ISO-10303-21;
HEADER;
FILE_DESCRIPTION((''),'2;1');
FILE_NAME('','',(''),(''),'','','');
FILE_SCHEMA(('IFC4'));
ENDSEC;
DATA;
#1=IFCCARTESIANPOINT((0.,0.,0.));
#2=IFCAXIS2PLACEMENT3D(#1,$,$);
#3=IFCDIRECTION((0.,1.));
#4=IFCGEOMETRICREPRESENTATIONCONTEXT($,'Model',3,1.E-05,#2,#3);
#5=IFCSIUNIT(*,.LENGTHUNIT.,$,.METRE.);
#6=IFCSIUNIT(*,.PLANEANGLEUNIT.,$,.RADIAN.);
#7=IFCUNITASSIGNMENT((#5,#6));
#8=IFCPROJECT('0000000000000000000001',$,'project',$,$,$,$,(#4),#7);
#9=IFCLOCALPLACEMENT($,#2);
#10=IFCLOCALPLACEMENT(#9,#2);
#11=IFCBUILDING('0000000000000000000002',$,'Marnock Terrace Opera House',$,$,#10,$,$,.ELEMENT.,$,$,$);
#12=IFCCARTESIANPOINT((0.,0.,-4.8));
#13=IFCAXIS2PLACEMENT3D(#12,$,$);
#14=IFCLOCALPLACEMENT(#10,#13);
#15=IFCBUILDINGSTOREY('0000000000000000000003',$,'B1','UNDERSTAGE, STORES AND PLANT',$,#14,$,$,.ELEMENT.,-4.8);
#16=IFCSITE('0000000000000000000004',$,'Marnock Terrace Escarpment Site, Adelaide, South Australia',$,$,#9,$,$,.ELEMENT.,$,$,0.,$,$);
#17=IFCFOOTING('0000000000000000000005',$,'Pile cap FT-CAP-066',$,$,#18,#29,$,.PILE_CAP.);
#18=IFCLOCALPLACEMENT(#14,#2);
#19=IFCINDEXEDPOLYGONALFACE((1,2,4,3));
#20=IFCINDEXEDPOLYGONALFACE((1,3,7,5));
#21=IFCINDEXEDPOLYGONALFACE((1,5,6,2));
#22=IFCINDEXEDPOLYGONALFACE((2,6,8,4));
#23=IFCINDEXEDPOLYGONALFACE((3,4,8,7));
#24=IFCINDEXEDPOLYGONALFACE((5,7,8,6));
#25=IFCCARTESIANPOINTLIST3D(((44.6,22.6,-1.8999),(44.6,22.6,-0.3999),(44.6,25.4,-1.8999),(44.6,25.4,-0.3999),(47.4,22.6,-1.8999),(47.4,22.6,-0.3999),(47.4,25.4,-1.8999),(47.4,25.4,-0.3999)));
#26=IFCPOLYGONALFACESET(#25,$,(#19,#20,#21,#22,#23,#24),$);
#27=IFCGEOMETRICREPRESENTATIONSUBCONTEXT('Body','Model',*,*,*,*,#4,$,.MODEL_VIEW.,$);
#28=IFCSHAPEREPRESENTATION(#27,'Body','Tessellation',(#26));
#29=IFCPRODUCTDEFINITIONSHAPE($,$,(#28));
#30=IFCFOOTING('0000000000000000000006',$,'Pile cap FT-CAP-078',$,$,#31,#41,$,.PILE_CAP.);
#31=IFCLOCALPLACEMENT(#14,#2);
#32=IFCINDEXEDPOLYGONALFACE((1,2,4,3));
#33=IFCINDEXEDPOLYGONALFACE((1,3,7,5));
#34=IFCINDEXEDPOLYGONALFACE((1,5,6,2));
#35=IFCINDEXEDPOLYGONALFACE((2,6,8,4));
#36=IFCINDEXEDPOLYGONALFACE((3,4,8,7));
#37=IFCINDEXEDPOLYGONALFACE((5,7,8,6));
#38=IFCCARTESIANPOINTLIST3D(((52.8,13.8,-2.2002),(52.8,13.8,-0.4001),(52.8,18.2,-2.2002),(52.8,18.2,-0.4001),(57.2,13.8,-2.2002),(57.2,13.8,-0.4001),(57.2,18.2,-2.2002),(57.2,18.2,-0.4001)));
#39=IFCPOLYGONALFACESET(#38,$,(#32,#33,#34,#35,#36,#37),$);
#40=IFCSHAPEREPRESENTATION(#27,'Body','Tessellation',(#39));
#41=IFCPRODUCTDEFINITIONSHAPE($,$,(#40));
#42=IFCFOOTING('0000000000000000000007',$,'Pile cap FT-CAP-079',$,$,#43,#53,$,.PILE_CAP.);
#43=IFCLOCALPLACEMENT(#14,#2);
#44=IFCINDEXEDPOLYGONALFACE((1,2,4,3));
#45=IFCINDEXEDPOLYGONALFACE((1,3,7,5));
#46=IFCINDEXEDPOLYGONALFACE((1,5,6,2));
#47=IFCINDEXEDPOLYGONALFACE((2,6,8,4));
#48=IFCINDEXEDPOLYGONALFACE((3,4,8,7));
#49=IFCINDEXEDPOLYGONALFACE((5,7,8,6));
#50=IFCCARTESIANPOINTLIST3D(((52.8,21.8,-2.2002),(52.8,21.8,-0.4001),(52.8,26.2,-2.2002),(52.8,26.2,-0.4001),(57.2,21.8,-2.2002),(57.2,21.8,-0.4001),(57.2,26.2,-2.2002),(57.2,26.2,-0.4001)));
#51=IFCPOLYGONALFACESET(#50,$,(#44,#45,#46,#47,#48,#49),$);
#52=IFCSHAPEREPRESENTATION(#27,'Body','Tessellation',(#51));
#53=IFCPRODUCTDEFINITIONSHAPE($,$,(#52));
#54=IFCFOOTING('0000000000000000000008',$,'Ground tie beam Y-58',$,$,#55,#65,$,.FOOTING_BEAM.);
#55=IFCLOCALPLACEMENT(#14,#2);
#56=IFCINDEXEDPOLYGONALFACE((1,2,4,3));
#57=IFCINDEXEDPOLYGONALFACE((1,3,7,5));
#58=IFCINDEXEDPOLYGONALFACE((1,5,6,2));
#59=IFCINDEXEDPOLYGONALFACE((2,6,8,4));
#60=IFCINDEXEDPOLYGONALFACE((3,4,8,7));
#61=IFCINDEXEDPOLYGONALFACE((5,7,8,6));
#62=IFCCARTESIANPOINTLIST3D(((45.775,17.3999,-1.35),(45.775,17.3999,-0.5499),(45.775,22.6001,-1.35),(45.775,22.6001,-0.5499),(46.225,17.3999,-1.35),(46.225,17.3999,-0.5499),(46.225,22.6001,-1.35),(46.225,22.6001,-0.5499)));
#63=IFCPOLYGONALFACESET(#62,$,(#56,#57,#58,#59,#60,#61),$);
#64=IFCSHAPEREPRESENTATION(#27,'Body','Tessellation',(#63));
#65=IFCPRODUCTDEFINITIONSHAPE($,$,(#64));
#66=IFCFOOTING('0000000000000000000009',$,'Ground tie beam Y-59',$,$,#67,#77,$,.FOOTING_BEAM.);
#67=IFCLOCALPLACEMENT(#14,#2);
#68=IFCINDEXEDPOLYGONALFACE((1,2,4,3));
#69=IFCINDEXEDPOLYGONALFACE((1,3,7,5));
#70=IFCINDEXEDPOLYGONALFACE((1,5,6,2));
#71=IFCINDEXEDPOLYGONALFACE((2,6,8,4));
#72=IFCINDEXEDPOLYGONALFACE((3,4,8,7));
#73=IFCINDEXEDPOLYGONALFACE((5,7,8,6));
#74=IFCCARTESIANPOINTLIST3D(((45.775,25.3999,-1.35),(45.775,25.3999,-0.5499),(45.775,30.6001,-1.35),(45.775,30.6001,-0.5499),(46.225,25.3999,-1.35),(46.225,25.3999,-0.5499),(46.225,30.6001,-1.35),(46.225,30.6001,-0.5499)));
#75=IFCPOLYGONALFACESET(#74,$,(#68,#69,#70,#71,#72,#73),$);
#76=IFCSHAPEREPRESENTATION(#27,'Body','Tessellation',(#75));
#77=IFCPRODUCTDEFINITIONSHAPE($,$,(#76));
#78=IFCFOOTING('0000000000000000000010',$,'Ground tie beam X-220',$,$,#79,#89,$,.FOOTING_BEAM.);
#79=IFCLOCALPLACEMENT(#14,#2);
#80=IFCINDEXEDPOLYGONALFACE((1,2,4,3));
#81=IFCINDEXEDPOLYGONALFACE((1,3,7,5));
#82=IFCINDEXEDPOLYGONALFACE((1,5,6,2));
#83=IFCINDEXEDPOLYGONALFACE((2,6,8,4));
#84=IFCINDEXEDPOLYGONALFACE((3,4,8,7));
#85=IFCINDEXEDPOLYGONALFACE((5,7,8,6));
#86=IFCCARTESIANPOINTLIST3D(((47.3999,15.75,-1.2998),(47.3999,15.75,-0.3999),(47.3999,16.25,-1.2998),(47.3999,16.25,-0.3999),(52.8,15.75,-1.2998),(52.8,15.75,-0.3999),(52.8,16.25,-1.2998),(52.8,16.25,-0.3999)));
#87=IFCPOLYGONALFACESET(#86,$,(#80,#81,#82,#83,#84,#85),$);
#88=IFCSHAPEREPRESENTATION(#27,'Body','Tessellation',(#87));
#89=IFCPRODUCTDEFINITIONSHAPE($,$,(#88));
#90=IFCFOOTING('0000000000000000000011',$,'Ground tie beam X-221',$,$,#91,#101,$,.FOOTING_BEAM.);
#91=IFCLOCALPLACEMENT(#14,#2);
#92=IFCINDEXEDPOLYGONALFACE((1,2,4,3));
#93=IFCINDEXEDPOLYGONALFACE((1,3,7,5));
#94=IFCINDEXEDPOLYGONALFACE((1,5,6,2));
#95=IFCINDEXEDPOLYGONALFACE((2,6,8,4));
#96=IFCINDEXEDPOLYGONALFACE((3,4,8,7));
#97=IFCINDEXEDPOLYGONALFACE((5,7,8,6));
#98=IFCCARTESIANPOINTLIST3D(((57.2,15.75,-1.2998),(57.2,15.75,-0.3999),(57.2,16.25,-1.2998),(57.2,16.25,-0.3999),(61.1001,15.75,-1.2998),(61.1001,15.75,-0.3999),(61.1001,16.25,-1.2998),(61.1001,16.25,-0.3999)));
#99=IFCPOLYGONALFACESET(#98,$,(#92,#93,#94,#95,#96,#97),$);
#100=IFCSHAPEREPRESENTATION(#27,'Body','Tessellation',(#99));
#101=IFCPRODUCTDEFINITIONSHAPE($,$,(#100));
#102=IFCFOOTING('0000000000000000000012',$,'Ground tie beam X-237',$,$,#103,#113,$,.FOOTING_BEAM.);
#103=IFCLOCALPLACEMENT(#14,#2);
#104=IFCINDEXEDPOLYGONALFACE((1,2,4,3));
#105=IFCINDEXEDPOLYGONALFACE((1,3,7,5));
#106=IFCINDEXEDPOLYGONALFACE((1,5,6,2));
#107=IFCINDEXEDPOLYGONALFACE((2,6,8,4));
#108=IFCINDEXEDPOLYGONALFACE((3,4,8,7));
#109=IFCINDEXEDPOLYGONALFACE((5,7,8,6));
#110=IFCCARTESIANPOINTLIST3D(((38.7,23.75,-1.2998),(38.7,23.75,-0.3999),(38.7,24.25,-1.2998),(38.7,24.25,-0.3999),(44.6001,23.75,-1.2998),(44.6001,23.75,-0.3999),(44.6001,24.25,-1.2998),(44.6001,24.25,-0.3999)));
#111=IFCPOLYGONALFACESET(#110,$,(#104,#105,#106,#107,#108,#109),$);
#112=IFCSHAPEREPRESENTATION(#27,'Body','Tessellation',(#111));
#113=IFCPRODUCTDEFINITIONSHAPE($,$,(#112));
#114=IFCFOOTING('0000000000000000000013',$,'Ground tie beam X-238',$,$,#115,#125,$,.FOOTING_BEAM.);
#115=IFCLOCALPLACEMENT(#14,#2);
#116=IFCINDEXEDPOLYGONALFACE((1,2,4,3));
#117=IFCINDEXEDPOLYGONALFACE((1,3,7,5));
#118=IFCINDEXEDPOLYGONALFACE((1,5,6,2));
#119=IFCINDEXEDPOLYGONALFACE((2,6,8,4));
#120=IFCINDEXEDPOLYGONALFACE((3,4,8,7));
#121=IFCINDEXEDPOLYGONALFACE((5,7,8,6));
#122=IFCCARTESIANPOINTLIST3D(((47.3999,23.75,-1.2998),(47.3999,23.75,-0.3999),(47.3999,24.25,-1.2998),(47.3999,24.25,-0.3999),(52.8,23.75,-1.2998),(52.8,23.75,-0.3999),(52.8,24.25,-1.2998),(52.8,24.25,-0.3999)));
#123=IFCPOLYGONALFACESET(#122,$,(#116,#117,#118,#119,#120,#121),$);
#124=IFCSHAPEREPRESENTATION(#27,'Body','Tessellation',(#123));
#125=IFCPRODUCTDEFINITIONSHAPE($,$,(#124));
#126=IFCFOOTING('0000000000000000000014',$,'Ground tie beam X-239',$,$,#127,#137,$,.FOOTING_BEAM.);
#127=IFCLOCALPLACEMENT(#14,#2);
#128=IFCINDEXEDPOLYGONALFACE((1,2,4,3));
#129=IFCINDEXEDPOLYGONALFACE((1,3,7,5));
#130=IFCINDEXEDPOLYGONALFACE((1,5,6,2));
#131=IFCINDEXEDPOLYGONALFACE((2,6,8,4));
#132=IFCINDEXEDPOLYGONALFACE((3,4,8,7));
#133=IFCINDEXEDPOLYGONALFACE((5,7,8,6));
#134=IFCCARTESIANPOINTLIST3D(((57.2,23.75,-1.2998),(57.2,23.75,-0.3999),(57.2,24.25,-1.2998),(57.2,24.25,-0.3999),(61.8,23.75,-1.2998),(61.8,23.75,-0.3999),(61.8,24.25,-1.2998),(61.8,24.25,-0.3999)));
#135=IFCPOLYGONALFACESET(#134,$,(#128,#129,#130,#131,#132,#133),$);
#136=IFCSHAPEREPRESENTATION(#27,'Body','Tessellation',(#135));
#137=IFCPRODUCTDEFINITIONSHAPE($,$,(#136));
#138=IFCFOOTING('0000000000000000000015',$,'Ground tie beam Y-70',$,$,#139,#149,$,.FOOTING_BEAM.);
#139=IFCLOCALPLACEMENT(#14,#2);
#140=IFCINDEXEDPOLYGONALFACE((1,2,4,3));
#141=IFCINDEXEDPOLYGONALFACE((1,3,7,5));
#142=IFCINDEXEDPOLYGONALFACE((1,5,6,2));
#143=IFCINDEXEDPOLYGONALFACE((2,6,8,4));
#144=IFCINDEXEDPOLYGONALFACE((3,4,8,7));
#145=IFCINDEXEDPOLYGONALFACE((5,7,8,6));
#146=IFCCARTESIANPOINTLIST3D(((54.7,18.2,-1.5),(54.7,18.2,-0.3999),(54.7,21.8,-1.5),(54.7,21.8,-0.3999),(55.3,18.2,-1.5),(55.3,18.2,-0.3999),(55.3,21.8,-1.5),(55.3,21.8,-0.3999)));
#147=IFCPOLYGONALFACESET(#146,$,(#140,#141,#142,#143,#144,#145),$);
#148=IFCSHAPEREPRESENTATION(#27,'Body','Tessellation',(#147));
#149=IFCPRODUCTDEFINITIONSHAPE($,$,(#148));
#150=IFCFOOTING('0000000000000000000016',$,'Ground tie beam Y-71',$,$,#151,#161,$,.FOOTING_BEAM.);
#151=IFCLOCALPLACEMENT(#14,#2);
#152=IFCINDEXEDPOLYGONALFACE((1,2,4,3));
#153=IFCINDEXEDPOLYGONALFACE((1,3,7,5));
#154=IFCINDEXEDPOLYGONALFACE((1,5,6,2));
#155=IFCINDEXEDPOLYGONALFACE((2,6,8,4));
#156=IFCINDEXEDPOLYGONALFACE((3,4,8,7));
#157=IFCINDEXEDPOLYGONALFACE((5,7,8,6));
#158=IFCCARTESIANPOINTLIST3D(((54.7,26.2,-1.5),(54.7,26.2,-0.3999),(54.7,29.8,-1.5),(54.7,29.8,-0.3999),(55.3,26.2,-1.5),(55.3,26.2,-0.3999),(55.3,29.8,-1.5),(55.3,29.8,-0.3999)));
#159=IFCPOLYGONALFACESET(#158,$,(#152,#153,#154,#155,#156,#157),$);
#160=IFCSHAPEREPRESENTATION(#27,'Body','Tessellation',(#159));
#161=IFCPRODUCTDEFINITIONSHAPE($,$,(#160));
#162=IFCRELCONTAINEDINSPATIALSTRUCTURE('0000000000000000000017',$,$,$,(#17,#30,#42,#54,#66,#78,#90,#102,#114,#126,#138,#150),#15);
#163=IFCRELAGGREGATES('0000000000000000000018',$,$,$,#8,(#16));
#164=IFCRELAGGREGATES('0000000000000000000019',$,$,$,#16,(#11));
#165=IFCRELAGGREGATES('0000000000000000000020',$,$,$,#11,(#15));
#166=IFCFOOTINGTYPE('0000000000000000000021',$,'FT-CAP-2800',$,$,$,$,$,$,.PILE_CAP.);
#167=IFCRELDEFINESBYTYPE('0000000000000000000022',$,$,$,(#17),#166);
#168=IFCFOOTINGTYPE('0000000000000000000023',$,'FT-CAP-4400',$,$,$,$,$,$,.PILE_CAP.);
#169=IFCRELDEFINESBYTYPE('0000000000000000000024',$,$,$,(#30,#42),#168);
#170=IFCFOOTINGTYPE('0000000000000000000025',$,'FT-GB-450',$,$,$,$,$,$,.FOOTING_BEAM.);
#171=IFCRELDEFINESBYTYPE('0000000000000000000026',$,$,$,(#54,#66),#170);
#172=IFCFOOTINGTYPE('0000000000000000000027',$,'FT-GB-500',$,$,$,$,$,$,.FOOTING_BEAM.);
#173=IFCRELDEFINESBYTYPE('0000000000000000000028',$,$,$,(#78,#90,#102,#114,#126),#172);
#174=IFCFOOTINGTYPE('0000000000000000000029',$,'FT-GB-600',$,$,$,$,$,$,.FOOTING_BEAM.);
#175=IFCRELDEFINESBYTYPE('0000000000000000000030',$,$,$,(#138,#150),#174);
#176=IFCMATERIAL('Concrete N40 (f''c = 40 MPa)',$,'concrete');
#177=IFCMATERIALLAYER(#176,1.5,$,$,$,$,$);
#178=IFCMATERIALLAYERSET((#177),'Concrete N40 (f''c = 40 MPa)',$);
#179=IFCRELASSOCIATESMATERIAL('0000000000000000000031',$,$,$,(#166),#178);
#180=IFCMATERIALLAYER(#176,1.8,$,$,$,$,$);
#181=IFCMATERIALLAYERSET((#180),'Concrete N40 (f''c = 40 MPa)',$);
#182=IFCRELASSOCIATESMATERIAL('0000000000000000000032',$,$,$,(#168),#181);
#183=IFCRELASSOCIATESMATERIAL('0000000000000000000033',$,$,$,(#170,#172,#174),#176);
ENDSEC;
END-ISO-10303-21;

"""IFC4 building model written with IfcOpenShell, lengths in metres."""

from ifc_helpers import new_model, si_unit, direction, frame, origin, origin_2d, place, context, subcontext, project, spatial, rectangle, extrude, material, layer, layer_set, material_profile, profile_set, type_object, element, save


model = new_model("IFC4")

# Units and contexts
model_context = context("Model", 3, precision=1e-05, world=origin(), true_north=direction((0.0, 1.0)))
body_context = subcontext(model_context, "Body", "Model", "MODEL_VIEW")
ifc_project = project(units=[si_unit("LENGTHUNIT", "METRE"), si_unit("PLANEANGLEUNIT", "RADIAN")], contexts=[model_context])

# Site, building, storey
site_placement = place(None, origin())
site = spatial("IfcSite", under=ifc_project, at=site_placement, Name="Marnock Terrace Escarpment Site, Adelaide, South Australia", CompositionType="ELEMENT", RefElevation=0.0)
building_placement = place(site_placement, origin())
building = spatial("IfcBuilding", under=site, at=building_placement, Name="Marnock Terrace Opera House", CompositionType="ELEMENT")
storey_placement = place(building_placement, frame((0.0, 0.0, -4.8)))
storey = spatial("IfcBuildingStorey", under=building, at=storey_placement, Name="B1", Description="UNDERSTAGE, STORES AND PLANT", CompositionType="ELEMENT", Elevation=-4.8)

# Footings
ifc_material_1 = material(Name="Concrete N40 (f'c = 40 MPa)", Category="concrete")
ifc_layer_1 = layer(ifc_material_1, 1.5)
ifc_layer_set_1 = layer_set([ifc_layer_1], Name="Concrete N40 (f'c = 40 MPa)")
footing_type_1 = type_object("IfcFootingType", Name="FT-CAP-2800", PredefinedType="PILE_CAP", material=ifc_layer_set_1)
footing_1_placement = place(storey_placement, frame((46.0, 24.0, -1.8999), z_axis=(0.0, 0.0, 1.0), x_axis=(1.0, 0.0, 0.0)))
element("IfcFooting", 1, at=footing_1_placement, inside=storey, type_object=footing_type_1, Name="Pile cap FT-CAP-066", PredefinedType="PILE_CAP", context=body_context, shape_type="SweptSolid", body=[
    extrude(rectangle(XDim=2.8, YDim=2.8, at=origin_2d()), origin(), (0.0, 0.0, 1.0), 1.5),
])
ifc_layer_2 = layer(ifc_material_1, 1.8)
ifc_layer_set_2 = layer_set([ifc_layer_2], Name="Concrete N40 (f'c = 40 MPa)")
footing_type_2 = type_object("IfcFootingType", Name="FT-CAP-4400", PredefinedType="PILE_CAP", material=ifc_layer_set_2)
for number, where, z_axis, x_axis, name in (
    (2, (55.0, 16.0, -2.2002), (0.0, 0.0, 1.0), (1.0, 0.0, 0.0), "Pile cap FT-CAP-078"),
    (3, (55.0, 24.0, -2.2002), (0.0, 0.0, 1.0), (1.0, 0.0, 0.0), "Pile cap FT-CAP-079"),
):
    element("IfcFooting", number, at=place(storey_placement, frame(where, z_axis=z_axis, x_axis=x_axis)), inside=storey, type_object=footing_type_2, Name=name, PredefinedType="PILE_CAP", context=body_context, shape_type="SweptSolid", body=[
        extrude(rectangle(XDim=4.3999, YDim=4.3999, at=origin_2d()), origin(), (0.0, 0.0, 1.0), 1.8),
    ])
ifc_material_profile_1 = material_profile(ifc_material_1, rectangle(XDim=0.45, YDim=0.8, at=origin_2d()))
ifc_profile_set_1 = profile_set([ifc_material_profile_1], Name="Concrete N40 (f'c = 40 MPa)")
footing_type_3 = type_object("IfcFootingType", Name="FT-GB-450", PredefinedType="FOOTING_BEAM", material=ifc_profile_set_1)
for number, where, z_axis, x_axis, name in (
    (4, (46.0, 17.3999, -0.95), (0.0, 1.0, 0.0), (-1.0, 0.0, 0.0), "Ground tie beam Y-58"),
    (5, (46.0, 25.3999, -0.95), (0.0, 1.0, 0.0), (-1.0, 0.0, 0.0), "Ground tie beam Y-59"),
):
    element("IfcFooting", number, at=place(storey_placement, frame(where, z_axis=z_axis, x_axis=x_axis)), inside=storey, type_object=footing_type_3, Name=name, PredefinedType="FOOTING_BEAM", context=body_context, shape_type="SweptSolid", body=[
        extrude(rectangle(XDim=0.45, YDim=0.8, at=origin_2d()), origin(), (0.0, 0.0, 1.0), 5.2002),
    ])
ifc_material_profile_2 = material_profile(ifc_material_1, rectangle(XDim=0.5, YDim=0.8999, at=origin_2d()))
ifc_profile_set_2 = profile_set([ifc_material_profile_2], Name="Concrete N40 (f'c = 40 MPa)")
footing_type_4 = type_object("IfcFootingType", Name="FT-GB-500", PredefinedType="FOOTING_BEAM", material=ifc_profile_set_2)
footing_2_placement = place(storey_placement, frame((47.3999, 16.0, -0.8499), z_axis=(1.0, 0.0, 0.0), x_axis=(0.0, 1.0, 0.0)))
element("IfcFooting", 6, at=footing_2_placement, inside=storey, type_object=footing_type_4, Name="Ground tie beam X-220", PredefinedType="FOOTING_BEAM", context=body_context, shape_type="SweptSolid", body=[
    extrude(rectangle(XDim=0.5, YDim=0.8999, at=origin_2d()), origin(), (0.0, 0.0, 1.0), 5.4001),
])
footing_3_placement = place(storey_placement, frame((57.2, 16.0, -0.8499), z_axis=(1.0, 0.0, 0.0), x_axis=(0.0, 1.0, 0.0)))
element("IfcFooting", 7, at=footing_3_placement, inside=storey, type_object=footing_type_4, Name="Ground tie beam X-221", PredefinedType="FOOTING_BEAM", context=body_context, shape_type="SweptSolid", body=[
    extrude(rectangle(XDim=0.5, YDim=0.8999, at=origin_2d()), origin(), (0.0, 0.0, 1.0), 3.9001),
])
footing_4_placement = place(storey_placement, frame((38.7, 24.0, -0.8499), z_axis=(1.0, 0.0, 0.0), x_axis=(0.0, 1.0, 0.0)))
element("IfcFooting", 8, at=footing_4_placement, inside=storey, type_object=footing_type_4, Name="Ground tie beam X-237", PredefinedType="FOOTING_BEAM", context=body_context, shape_type="SweptSolid", body=[
    extrude(rectangle(XDim=0.5, YDim=0.8999, at=origin_2d()), origin(), (0.0, 0.0, 1.0), 5.9001),
])
footing_5_placement = place(storey_placement, frame((47.3999, 24.0, -0.8499), z_axis=(1.0, 0.0, 0.0), x_axis=(0.0, 1.0, 0.0)))
element("IfcFooting", 9, at=footing_5_placement, inside=storey, type_object=footing_type_4, Name="Ground tie beam X-238", PredefinedType="FOOTING_BEAM", context=body_context, shape_type="SweptSolid", body=[
    extrude(rectangle(XDim=0.5, YDim=0.8999, at=origin_2d()), origin(), (0.0, 0.0, 1.0), 5.4001),
])
footing_6_placement = place(storey_placement, frame((57.2, 24.0, -0.8499), z_axis=(1.0, 0.0, 0.0), x_axis=(0.0, 1.0, 0.0)))
element("IfcFooting", 10, at=footing_6_placement, inside=storey, type_object=footing_type_4, Name="Ground tie beam X-239", PredefinedType="FOOTING_BEAM", context=body_context, shape_type="SweptSolid", body=[
    extrude(rectangle(XDim=0.5, YDim=0.8999, at=origin_2d()), origin(), (0.0, 0.0, 1.0), 4.6001),
])
ifc_material_profile_3 = material_profile(ifc_material_1, rectangle(XDim=0.6001, YDim=1.1001, at=origin_2d()))
ifc_profile_set_3 = profile_set([ifc_material_profile_3], Name="Concrete N40 (f'c = 40 MPa)")
footing_type_5 = type_object("IfcFootingType", Name="FT-GB-600", PredefinedType="FOOTING_BEAM", material=ifc_profile_set_3)
for number, where, z_axis, x_axis, name in (
    (11, (55.0, 18.2, -0.95), (0.0, 1.0, 0.0), (-1.0, 0.0, 0.0), "Ground tie beam Y-70"),
    (12, (55.0, 26.2, -0.95), (0.0, 1.0, 0.0), (-1.0, 0.0, 0.0), "Ground tie beam Y-71"),
):
    element("IfcFooting", number, at=place(storey_placement, frame(where, z_axis=z_axis, x_axis=x_axis)), inside=storey, type_object=footing_type_5, Name=name, PredefinedType="FOOTING_BEAM", context=body_context, shape_type="SweptSolid", body=[
        extrude(rectangle(XDim=0.6001, YDim=1.1001, at=origin_2d()), origin(), (0.0, 0.0, 1.0), 3.6001),
    ])

save(model, "model.ifc")
